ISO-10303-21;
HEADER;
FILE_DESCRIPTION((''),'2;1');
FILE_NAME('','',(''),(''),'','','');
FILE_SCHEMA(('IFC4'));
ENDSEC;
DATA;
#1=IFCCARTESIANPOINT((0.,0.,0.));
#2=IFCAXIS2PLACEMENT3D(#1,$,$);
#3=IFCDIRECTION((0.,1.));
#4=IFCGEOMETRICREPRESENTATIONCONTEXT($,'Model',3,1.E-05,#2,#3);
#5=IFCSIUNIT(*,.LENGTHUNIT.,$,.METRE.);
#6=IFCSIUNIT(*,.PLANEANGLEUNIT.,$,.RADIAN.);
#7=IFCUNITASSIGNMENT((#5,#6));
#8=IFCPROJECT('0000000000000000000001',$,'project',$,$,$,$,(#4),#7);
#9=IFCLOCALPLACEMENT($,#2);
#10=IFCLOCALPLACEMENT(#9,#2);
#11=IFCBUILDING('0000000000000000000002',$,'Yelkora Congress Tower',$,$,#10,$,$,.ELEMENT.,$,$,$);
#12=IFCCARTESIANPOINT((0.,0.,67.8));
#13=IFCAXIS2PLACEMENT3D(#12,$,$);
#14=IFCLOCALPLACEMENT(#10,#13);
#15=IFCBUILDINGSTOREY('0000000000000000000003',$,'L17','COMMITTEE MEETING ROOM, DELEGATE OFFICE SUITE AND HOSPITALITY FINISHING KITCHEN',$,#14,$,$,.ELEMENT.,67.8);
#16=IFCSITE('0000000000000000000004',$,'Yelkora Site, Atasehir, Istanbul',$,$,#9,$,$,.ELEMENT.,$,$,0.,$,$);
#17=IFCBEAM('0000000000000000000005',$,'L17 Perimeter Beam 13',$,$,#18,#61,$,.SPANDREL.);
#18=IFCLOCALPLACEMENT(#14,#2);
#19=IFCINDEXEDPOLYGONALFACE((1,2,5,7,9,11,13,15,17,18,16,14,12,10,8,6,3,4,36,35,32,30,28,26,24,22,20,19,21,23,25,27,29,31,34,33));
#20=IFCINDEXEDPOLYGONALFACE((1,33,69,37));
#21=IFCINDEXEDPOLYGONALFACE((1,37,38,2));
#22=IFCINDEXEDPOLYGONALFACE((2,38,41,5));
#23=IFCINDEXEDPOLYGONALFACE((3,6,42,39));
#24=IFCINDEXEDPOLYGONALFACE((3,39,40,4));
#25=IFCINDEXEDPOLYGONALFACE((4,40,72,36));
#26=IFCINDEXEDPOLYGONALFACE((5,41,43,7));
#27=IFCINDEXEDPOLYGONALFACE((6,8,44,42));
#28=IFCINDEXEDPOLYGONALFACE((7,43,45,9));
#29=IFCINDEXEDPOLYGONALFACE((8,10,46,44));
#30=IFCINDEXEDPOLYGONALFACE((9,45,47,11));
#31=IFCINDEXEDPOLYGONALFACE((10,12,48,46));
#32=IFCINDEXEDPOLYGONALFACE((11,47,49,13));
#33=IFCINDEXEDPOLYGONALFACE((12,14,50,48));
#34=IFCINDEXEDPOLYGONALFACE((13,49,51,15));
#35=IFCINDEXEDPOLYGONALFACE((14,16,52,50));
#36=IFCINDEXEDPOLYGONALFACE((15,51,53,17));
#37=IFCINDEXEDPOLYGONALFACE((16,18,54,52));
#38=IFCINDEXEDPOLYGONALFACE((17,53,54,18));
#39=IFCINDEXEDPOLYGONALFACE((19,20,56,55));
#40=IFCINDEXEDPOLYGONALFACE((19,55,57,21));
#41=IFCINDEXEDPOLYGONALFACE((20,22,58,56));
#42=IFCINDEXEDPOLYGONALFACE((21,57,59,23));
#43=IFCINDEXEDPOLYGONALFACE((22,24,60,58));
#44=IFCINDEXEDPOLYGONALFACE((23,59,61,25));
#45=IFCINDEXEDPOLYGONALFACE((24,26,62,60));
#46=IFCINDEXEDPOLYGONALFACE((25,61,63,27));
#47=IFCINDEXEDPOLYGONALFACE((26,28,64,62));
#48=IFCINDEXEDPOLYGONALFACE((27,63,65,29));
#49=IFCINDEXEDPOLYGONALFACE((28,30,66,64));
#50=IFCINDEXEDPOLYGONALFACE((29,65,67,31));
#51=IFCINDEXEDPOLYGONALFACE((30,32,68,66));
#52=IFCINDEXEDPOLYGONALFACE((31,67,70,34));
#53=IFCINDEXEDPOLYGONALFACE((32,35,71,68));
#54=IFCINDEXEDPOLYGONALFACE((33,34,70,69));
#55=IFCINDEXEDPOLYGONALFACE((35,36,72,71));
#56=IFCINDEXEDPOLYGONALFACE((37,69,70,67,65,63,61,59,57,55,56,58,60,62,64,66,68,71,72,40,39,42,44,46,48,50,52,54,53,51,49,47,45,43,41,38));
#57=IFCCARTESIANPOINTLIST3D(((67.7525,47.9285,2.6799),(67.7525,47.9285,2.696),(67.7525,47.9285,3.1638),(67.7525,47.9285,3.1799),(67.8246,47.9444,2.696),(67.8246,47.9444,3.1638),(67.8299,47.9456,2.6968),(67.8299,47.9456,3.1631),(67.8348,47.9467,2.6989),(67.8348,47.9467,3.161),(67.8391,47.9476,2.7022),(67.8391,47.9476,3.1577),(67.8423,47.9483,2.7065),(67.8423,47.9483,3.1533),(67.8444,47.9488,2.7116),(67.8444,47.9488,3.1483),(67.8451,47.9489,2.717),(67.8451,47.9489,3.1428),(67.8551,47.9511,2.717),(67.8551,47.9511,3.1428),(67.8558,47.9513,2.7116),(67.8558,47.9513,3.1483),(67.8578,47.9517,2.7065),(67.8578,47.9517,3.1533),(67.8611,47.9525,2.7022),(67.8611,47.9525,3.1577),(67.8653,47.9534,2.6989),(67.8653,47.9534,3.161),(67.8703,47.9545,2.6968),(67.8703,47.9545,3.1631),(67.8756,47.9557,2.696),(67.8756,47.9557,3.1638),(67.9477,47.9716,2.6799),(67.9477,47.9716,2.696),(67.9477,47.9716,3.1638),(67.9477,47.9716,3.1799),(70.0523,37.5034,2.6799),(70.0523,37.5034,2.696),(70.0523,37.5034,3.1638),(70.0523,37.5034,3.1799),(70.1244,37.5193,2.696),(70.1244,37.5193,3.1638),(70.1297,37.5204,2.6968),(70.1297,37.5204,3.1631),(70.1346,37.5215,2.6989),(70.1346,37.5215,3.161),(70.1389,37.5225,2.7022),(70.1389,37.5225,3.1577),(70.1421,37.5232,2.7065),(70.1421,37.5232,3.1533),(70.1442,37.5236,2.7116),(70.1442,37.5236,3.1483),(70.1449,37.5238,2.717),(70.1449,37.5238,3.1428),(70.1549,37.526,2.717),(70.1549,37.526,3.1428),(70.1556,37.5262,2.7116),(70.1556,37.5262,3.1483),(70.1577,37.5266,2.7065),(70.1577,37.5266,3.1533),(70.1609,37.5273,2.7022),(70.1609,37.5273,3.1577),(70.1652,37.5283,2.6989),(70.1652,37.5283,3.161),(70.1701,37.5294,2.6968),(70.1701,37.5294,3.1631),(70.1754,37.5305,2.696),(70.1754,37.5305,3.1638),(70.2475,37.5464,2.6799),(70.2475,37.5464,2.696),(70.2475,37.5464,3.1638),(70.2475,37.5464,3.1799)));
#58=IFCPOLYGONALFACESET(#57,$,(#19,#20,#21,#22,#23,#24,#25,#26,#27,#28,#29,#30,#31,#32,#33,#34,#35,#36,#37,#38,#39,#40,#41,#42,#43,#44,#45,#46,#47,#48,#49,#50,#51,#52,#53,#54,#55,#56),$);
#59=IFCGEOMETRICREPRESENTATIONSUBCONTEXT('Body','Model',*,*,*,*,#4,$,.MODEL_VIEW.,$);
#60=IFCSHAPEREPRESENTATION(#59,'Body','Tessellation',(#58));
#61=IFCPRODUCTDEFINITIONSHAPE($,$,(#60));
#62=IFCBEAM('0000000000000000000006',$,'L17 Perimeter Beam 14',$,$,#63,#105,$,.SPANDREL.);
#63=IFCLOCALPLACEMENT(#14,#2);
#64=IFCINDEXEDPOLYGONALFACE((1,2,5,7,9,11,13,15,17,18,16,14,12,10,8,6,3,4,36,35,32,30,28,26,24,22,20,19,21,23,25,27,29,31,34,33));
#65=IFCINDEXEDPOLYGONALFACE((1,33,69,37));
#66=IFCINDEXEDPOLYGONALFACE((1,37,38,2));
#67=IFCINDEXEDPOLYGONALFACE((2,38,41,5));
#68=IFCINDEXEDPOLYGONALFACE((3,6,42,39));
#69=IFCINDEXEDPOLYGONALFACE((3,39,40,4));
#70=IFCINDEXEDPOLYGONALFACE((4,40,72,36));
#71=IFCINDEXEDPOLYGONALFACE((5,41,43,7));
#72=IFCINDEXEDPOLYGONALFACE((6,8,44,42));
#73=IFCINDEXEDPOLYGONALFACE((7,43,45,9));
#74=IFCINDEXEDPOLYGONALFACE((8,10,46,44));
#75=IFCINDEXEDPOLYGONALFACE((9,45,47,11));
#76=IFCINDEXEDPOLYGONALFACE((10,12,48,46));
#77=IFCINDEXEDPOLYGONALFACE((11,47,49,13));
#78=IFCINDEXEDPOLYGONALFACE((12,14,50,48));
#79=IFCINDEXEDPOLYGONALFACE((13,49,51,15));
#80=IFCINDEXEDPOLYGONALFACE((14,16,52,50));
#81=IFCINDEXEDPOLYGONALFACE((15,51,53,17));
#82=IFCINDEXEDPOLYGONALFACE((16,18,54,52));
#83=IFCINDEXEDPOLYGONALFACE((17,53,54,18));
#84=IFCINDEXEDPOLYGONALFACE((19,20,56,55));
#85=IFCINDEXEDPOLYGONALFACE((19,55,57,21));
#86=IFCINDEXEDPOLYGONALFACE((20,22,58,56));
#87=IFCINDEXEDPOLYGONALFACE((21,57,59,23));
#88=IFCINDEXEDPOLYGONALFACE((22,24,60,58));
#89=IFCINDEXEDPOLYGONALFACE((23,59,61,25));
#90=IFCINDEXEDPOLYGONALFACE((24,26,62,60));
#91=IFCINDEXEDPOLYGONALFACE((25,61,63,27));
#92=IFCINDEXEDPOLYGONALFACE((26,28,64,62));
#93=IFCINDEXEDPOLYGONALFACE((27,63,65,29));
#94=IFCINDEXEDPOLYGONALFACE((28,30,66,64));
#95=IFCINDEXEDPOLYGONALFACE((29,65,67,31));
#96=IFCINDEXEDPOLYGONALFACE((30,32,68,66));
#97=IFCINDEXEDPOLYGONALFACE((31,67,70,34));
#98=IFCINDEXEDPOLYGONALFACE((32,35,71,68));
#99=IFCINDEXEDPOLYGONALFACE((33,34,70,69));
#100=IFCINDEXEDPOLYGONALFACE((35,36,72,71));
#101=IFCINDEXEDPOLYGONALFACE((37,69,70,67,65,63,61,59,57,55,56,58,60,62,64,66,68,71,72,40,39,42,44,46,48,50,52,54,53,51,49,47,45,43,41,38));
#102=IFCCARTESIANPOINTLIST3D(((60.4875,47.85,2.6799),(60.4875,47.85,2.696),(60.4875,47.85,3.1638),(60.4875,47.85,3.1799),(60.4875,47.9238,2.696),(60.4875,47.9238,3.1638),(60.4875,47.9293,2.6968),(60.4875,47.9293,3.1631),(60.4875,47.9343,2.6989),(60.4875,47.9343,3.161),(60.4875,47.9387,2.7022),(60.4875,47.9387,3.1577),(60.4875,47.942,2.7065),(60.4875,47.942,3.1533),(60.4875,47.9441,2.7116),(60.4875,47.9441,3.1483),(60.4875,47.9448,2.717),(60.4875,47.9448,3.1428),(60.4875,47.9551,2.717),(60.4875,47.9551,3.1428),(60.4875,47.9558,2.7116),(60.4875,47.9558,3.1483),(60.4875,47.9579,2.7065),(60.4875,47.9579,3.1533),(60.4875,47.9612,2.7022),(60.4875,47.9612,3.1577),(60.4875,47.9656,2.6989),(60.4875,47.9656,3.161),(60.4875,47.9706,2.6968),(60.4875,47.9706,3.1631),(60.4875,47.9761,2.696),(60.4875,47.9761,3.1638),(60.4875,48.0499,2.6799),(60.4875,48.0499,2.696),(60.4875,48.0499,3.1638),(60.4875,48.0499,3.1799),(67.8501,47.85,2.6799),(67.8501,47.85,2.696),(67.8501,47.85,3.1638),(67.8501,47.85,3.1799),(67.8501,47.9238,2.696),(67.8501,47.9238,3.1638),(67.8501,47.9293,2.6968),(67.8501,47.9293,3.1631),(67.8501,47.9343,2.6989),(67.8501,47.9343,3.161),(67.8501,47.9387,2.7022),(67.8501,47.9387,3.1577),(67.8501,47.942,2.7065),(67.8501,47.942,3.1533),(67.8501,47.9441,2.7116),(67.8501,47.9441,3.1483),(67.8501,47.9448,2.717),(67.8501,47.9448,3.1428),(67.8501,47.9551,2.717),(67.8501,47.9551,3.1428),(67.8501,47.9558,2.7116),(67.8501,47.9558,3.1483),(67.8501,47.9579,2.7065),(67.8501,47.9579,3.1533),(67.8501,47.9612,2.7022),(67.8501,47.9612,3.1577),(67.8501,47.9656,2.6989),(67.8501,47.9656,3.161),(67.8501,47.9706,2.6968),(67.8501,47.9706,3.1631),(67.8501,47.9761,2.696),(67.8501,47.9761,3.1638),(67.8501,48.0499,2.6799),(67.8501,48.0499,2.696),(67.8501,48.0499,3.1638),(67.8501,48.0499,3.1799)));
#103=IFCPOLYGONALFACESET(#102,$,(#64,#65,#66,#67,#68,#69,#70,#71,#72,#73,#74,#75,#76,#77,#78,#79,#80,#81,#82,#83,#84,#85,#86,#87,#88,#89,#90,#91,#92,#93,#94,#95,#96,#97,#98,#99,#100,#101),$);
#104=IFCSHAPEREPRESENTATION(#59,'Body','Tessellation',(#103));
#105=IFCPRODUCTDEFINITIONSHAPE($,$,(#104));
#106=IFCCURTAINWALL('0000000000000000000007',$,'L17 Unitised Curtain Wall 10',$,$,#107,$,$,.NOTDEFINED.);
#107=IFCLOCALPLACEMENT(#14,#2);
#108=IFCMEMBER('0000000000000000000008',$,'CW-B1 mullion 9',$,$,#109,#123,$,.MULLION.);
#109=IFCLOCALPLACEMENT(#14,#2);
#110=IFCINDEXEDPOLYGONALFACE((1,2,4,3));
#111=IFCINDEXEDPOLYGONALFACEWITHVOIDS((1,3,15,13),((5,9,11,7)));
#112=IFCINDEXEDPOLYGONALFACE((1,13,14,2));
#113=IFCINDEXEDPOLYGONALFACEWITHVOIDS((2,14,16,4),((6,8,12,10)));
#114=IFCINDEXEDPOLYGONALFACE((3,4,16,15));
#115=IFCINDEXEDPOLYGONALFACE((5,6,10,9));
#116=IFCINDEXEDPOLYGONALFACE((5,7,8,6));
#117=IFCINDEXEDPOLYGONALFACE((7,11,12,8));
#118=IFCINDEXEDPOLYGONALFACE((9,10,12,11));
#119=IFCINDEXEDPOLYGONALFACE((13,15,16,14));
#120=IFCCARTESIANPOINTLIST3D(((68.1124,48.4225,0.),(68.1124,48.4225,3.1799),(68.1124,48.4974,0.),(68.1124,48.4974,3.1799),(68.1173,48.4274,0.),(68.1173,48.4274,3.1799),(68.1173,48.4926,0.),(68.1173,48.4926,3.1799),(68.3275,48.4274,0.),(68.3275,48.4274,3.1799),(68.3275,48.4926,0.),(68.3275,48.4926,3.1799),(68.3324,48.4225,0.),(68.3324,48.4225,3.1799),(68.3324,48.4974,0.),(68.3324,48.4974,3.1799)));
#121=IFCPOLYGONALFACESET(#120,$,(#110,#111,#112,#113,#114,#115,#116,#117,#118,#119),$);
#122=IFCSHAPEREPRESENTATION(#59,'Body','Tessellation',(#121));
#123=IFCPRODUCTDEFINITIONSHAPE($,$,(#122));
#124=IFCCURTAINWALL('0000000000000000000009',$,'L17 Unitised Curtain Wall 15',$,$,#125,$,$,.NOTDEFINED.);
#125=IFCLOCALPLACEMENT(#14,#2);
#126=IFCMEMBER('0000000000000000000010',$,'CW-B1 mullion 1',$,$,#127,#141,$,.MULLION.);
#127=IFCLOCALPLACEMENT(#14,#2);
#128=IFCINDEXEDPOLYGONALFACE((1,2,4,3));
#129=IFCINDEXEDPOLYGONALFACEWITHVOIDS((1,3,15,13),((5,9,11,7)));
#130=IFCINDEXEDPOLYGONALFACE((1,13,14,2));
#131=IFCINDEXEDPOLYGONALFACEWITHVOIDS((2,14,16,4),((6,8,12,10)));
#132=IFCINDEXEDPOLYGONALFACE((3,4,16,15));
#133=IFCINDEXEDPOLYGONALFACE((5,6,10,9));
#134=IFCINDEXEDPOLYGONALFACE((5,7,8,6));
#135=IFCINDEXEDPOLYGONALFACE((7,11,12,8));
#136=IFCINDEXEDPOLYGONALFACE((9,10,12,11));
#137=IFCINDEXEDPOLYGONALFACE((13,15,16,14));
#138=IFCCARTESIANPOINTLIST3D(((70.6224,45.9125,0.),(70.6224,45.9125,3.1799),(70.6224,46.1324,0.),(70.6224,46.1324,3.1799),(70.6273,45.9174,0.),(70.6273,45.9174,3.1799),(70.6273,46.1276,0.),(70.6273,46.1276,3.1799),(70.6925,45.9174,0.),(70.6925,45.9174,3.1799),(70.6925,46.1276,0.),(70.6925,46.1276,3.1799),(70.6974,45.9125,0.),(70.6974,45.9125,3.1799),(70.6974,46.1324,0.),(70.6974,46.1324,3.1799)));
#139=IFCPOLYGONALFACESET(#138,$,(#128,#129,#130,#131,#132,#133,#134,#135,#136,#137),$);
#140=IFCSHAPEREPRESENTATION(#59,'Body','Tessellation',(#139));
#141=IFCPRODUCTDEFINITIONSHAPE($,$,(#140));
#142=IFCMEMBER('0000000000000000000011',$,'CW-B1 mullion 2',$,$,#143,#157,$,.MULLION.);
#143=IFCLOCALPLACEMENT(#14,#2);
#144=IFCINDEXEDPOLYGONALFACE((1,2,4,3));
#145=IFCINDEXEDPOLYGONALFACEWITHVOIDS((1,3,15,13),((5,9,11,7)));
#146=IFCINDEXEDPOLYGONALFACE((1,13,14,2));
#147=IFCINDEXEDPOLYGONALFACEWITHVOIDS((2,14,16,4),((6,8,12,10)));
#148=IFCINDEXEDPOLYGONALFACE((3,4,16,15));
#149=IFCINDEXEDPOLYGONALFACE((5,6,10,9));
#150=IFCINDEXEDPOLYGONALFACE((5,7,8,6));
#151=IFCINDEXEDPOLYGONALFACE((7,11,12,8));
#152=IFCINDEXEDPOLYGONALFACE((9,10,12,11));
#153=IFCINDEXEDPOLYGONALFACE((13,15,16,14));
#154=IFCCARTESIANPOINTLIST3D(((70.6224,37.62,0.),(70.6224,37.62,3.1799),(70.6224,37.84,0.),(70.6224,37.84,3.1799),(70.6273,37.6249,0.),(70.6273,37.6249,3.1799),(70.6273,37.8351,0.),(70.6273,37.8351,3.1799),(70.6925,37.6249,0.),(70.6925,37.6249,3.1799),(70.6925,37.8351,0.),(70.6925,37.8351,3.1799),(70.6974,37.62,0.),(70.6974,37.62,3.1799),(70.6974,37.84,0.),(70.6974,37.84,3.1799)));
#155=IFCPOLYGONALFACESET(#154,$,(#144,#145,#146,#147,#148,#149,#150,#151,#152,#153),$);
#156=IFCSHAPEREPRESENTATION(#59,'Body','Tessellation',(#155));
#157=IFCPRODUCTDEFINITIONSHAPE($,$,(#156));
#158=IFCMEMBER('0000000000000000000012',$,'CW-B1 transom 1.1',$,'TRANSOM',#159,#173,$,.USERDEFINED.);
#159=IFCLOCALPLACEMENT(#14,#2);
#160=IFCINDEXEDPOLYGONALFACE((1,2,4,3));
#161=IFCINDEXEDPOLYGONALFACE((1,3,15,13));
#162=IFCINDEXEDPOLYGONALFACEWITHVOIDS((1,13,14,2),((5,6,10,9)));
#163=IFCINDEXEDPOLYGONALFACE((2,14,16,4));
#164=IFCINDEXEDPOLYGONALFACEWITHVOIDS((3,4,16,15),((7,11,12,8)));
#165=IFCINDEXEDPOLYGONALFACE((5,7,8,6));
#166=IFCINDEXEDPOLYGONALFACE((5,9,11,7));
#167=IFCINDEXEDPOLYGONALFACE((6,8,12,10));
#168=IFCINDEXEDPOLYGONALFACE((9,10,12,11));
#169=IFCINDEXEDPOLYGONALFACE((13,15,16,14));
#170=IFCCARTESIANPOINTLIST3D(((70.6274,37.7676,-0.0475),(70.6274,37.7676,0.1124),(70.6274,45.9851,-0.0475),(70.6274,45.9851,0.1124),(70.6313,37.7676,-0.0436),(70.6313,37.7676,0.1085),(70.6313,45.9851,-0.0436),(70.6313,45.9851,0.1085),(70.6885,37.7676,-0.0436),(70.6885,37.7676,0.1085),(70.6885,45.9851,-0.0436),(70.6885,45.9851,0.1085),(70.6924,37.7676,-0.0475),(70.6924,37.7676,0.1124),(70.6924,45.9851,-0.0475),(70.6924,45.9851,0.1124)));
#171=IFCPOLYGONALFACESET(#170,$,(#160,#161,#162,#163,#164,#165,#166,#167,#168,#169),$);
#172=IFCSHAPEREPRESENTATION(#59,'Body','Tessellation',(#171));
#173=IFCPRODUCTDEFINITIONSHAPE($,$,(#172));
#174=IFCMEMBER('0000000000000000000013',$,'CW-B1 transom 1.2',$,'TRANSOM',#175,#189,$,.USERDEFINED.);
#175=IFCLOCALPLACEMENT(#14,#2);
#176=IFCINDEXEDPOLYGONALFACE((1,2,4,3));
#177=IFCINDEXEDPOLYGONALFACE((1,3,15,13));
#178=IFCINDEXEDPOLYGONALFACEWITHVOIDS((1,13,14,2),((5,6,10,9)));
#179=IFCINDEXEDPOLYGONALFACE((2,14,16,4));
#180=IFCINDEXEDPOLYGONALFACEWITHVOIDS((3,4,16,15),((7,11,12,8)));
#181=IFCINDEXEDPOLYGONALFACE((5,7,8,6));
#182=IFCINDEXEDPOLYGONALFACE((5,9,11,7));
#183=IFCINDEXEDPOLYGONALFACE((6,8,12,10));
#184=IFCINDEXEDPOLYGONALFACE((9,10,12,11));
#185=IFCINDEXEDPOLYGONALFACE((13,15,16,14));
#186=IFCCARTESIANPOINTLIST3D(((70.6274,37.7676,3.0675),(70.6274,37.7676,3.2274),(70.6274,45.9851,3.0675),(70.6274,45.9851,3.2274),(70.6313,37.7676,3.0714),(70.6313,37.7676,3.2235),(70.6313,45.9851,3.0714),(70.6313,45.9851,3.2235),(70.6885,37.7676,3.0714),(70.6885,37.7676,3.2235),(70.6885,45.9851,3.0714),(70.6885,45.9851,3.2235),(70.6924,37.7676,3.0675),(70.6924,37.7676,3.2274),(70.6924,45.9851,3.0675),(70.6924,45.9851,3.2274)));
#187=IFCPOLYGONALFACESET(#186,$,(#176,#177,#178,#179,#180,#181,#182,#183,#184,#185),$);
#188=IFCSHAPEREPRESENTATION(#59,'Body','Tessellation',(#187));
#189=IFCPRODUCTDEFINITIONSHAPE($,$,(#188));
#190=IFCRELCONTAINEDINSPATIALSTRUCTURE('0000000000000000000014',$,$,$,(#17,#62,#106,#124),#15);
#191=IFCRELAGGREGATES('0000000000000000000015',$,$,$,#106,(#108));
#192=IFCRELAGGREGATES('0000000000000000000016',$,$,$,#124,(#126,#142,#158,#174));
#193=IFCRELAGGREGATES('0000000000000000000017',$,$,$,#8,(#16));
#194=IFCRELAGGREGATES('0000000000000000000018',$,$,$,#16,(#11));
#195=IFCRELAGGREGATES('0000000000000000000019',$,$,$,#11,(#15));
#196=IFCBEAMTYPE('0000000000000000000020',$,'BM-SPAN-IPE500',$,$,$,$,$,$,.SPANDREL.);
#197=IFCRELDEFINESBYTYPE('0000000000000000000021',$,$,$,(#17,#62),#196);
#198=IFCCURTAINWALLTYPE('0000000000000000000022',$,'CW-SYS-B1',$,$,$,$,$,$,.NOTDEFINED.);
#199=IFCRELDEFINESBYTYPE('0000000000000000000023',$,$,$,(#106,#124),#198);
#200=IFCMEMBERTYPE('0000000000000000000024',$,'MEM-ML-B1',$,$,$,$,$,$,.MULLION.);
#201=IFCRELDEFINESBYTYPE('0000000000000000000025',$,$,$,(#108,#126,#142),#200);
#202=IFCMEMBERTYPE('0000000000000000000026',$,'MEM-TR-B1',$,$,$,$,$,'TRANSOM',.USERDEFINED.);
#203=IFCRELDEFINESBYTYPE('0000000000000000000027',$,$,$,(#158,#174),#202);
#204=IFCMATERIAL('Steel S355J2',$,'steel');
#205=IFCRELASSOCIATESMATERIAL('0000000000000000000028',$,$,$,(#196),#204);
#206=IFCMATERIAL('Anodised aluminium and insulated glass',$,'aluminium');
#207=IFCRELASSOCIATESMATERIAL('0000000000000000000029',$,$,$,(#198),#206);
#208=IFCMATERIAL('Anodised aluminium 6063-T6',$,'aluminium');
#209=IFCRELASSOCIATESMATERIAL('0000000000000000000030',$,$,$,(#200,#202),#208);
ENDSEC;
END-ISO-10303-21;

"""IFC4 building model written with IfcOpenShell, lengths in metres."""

from ifc_helpers import new_model, si_unit, direction, frame, origin, origin_2d, place, context, subcontext, project, spatial, hollow_rectangle, i_section, extrude, material, material_profile, profile_set, type_object, element, aggregate, save


model = new_model("IFC4")

# Units and contexts
model_context = context("Model", 3, precision=1e-05, world=origin(), true_north=direction((0.0, 1.0)))
body_context = subcontext(model_context, "Body", "Model", "MODEL_VIEW")
ifc_project = project(units=[si_unit("LENGTHUNIT", "METRE"), si_unit("PLANEANGLEUNIT", "RADIAN")], contexts=[model_context])

# Site, building, storey
site_placement = place(None, origin())
site = spatial("IfcSite", under=ifc_project, at=site_placement, Name="Yelkora Site, Atasehir, Istanbul", CompositionType="ELEMENT", RefElevation=0.0)
building_placement = place(site_placement, origin())
building = spatial("IfcBuilding", under=site, at=building_placement, Name="Yelkora Congress Tower", CompositionType="ELEMENT")
storey_placement = place(building_placement, frame((0.0, 0.0, 67.8)))
storey = spatial("IfcBuildingStorey", under=building, at=storey_placement, Name="L17", Description="COMMITTEE MEETING ROOM, DELEGATE OFFICE SUITE AND HOSPITALITY FINISHING KITCHEN", CompositionType="ELEMENT", Elevation=67.8)

# Beams
ifc_material_1 = material(Name="Steel S355J2", Category="steel")
ifc_material_profile_1 = material_profile(ifc_material_1, i_section(OverallWidth=0.2, OverallDepth=0.5, WebThickness=0.0103, FlangeThickness=0.0161, FilletRadius=0.021, at=origin_2d()), Name="IPE 500")
ifc_profile_set_1 = profile_set([ifc_material_profile_1], Name="Steel S355J2")
beam_type_1 = type_object("IfcBeamType", Name="BM-SPAN-IPE500", PredefinedType="SPANDREL", material=ifc_profile_set_1)
beam_1_placement = place(storey_placement, frame((70.1499, 37.5249, 2.9299), z_axis=(-0.215424, 0.976521, 0.0), x_axis=(-0.976521, -0.215424, 0.0)))
element("IfcBeam", 1, at=beam_1_placement, inside=storey, type_object=beam_type_1, Name="L17 Perimeter Beam 13", PredefinedType="SPANDREL", context=body_context, shape_type="SweptSolid", body=[
    extrude(i_section(OverallWidth=0.2, OverallDepth=0.5, WebThickness=0.0103, FlangeThickness=0.0161, FilletRadius=0.021, at=origin_2d()), origin(), (0.0, 0.0, 1.0), 10.6758),
])
beam_2_placement = place(storey_placement, frame((67.8501, 47.95, 2.9299), z_axis=(-1.0, 0.0, 0.0), x_axis=(0.0, -1.0, 0.0)))
element("IfcBeam", 2, at=beam_2_placement, inside=storey, type_object=beam_type_1, Name="L17 Perimeter Beam 14", PredefinedType="SPANDREL", context=body_context, shape_type="SweptSolid", body=[
    extrude(i_section(OverallWidth=0.2, OverallDepth=0.5, WebThickness=0.0103, FlangeThickness=0.0161, FilletRadius=0.021, at=origin_2d()), origin(), (0.0, 0.0, 1.0), 7.3625),
])

# Curtain wall, member
ifc_material_2 = material(Name="Anodised aluminium and insulated glass", Category="aluminium")
curtain_wall_type = type_object("IfcCurtainWallType", Name="CW-SYS-B1", PredefinedType="NOTDEFINED", material=ifc_material_2)
curtain_wall_1_placement = place(storey_placement, origin())
curtain_wall_1 = element("IfcCurtainWall", 3, at=curtain_wall_1_placement, inside=storey, type_object=curtain_wall_type, Name="L17 Unitised Curtain Wall 10", PredefinedType="NOTDEFINED")
ifc_material_3 = material(Name="Anodised aluminium 6063-T6", Category="aluminium")
ifc_material_profile_2 = material_profile(ifc_material_3, hollow_rectangle(XDim=0.075, YDim=0.22, WallThickness=0.0049, at=origin_2d()), Name="ALU 75x220x5")
ifc_profile_set_2 = profile_set([ifc_material_profile_2], Name="Anodised aluminium 6063-T6")
member_type_1 = type_object("IfcMemberType", Name="MEM-ML-B1", PredefinedType="MULLION", material=ifc_profile_set_2)
member_1_placement = place(storey_placement, frame((68.2224, 48.46, 0.0), z_axis=(0.0, 0.0, 1.0), x_axis=(0.0, 1.0, 0.0)))
member_1 = element("IfcMember", 4, at=member_1_placement, type_object=member_type_1, Name="CW-B1 mullion 9", PredefinedType="MULLION", context=body_context, shape_type="SweptSolid", body=[
    extrude(hollow_rectangle(XDim=0.075, YDim=0.22, WallThickness=0.0049, at=origin_2d()), origin(), (0.0, 0.0, 1.0), 3.1799),
])
aggregate(curtain_wall_1, [member_1])

# Curtain wall, members
curtain_wall_2_placement = place(storey_placement, origin())
curtain_wall_2 = element("IfcCurtainWall", 5, at=curtain_wall_2_placement, inside=storey, type_object=curtain_wall_type, Name="L17 Unitised Curtain Wall 15", PredefinedType="NOTDEFINED")
member_2_placement = place(storey_placement, frame((70.6599, 46.0225, 0.0), z_axis=(0.0, 0.0, 1.0), x_axis=(1.0, 0.0, 0.0)))
member_2 = element("IfcMember", 6, at=member_2_placement, type_object=member_type_1, Name="CW-B1 mullion 1", PredefinedType="MULLION", context=body_context, shape_type="SweptSolid", body=[
    extrude(hollow_rectangle(XDim=0.075, YDim=0.22, WallThickness=0.0049, at=origin_2d()), origin(), (0.0, 0.0, 1.0), 3.1799),
])
member_3_placement = place(storey_placement, frame((70.6599, 37.73, 0.0), z_axis=(0.0, 0.0, 1.0), x_axis=(1.0, 0.0, 0.0)))
member_3 = element("IfcMember", 7, at=member_3_placement, type_object=member_type_1, Name="CW-B1 mullion 2", PredefinedType="MULLION", context=body_context, shape_type="SweptSolid", body=[
    extrude(hollow_rectangle(XDim=0.075, YDim=0.22, WallThickness=0.0049, at=origin_2d()), origin(), (0.0, 0.0, 1.0), 3.1799),
])
ifc_material_profile_3 = material_profile(ifc_material_3, hollow_rectangle(XDim=0.0649, YDim=0.1599, WallThickness=0.0039, at=origin_2d()), Name="ALU 65x160x4")
ifc_profile_set_3 = profile_set([ifc_material_profile_3], Name="Anodised aluminium 6063-T6")
member_type_2 = type_object("IfcMemberType", Name="MEM-TR-B1", ElementType="TRANSOM", PredefinedType="USERDEFINED", material=ifc_profile_set_3)
member_4_placement = place(storey_placement, frame((70.6599, 45.9851, 0.0325), z_axis=(0.0, -1.0, 0.0), x_axis=(1.0, 0.0, 0.0)))
member_4 = element("IfcMember", 8, at=member_4_placement, type_object=member_type_2, Name="CW-B1 transom 1.1", ObjectType="TRANSOM", PredefinedType="USERDEFINED", context=body_context, shape_type="SweptSolid", body=[
    extrude(hollow_rectangle(XDim=0.0649, YDim=0.1599, WallThickness=0.0039, at=origin_2d()), origin(), (0.0, 0.0, 1.0), 8.2175),
])
member_5_placement = place(storey_placement, frame((70.6599, 45.9851, 3.1475), z_axis=(0.0, -1.0, 0.0), x_axis=(1.0, 0.0, 0.0)))
member_5 = element("IfcMember", 9, at=member_5_placement, type_object=member_type_2, Name="CW-B1 transom 1.2", ObjectType="TRANSOM", PredefinedType="USERDEFINED", context=body_context, shape_type="SweptSolid", body=[
    extrude(hollow_rectangle(XDim=0.0649, YDim=0.1599, WallThickness=0.0039, at=origin_2d()), origin(), (0.0, 0.0, 1.0), 8.2175),
])
aggregate(curtain_wall_2, [member_2, member_3, member_4, member_5])

save(model, "model.ifc")
